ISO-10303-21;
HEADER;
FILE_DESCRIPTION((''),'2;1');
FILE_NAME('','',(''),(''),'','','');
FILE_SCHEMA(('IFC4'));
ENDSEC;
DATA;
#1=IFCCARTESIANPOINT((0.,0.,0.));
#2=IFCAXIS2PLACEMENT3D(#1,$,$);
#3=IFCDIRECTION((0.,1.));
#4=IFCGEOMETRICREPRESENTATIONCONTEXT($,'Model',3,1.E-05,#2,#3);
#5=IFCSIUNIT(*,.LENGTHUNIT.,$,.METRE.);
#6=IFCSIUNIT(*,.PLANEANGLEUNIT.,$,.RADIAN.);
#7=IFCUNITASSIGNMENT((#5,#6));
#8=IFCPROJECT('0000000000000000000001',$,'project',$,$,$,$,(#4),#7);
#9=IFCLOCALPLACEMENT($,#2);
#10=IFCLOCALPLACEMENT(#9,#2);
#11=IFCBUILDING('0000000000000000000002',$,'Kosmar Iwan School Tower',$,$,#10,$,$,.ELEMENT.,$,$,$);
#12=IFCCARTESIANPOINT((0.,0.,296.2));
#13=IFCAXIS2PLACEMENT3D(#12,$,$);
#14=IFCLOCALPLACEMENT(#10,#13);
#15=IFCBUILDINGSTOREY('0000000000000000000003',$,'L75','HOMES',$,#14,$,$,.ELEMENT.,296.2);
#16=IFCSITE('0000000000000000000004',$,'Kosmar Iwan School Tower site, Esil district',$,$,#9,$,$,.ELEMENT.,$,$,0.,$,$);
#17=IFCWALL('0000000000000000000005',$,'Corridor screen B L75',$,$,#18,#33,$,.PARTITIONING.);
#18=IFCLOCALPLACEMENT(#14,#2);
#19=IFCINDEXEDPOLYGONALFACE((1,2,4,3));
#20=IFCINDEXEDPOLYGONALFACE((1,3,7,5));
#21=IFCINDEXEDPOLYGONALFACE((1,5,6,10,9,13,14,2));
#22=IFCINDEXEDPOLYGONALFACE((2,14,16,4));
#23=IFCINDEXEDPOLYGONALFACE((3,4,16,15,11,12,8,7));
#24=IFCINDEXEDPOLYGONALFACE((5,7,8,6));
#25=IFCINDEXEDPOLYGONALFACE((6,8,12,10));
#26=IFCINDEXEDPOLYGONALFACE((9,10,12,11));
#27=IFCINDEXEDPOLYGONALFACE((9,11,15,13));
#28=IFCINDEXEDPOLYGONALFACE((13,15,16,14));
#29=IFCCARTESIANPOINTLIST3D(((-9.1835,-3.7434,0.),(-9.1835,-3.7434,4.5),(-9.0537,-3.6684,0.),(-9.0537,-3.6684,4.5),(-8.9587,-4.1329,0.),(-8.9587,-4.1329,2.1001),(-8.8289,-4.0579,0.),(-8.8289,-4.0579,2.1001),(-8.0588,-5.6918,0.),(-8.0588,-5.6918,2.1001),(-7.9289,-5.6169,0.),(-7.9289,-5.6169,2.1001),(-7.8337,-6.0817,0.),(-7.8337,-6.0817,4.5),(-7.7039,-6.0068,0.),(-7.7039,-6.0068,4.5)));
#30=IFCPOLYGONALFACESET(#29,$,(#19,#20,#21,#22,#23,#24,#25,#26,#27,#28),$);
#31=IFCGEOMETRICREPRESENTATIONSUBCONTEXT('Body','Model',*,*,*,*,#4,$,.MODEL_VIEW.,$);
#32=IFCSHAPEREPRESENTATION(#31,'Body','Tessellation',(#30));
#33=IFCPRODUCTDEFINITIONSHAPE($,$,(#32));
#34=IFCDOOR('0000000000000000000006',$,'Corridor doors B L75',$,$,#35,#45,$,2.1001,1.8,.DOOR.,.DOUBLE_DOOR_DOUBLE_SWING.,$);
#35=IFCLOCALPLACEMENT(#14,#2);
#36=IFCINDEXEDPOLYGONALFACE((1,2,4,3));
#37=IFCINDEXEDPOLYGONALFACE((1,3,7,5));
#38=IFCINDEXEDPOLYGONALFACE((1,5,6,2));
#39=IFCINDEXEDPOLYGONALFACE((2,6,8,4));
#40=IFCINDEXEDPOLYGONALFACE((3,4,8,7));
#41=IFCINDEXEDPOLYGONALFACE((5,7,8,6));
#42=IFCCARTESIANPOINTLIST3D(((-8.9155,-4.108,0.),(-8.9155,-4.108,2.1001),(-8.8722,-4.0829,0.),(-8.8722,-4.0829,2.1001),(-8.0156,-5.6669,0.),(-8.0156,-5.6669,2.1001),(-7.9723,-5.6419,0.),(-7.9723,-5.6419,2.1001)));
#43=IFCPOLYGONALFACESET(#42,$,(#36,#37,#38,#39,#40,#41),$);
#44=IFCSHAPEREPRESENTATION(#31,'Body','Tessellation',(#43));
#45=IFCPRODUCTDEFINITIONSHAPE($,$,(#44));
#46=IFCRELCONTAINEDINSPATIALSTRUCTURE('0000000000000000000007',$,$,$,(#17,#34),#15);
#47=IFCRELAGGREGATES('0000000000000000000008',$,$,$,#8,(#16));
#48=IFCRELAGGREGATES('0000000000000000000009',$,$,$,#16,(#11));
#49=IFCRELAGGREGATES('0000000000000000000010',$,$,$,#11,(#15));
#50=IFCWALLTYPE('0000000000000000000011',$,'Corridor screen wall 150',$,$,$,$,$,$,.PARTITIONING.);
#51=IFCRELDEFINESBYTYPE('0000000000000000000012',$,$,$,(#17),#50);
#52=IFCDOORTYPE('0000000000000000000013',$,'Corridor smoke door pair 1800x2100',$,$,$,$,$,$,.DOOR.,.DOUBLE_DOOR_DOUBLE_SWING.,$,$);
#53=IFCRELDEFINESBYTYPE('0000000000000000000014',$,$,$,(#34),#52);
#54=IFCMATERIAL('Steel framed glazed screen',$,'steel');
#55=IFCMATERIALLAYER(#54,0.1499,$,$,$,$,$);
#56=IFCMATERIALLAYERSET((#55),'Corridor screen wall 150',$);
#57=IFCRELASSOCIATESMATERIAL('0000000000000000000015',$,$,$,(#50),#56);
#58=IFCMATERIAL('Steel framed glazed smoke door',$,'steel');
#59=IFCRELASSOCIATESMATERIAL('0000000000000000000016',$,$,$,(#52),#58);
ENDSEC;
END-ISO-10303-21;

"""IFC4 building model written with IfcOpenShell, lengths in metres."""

from ifc_helpers import new_model, si_unit, direction, frame, frame_2d, origin, place, context, subcontext, project, spatial, rectangle, extrude, material, layer, layer_set, type_object, element, fill, save


model = new_model("IFC4")

# Units and contexts
model_context = context("Model", 3, precision=1e-05, world=origin(), true_north=direction((0.0, 1.0)))
body_context = subcontext(model_context, "Body", "Model", "MODEL_VIEW")
ifc_project = project(units=[si_unit("LENGTHUNIT", "METRE"), si_unit("PLANEANGLEUNIT", "RADIAN")], contexts=[model_context])

# Site, building, storey
site_placement = place(None, origin())
site = spatial("IfcSite", under=ifc_project, at=site_placement, Name="Kosmar Iwan School Tower site, Esil district", CompositionType="ELEMENT", RefElevation=0.0)
building_placement = place(site_placement, origin())
building = spatial("IfcBuilding", under=site, at=building_placement, Name="Kosmar Iwan School Tower", CompositionType="ELEMENT")
storey_placement = place(building_placement, frame((0.0, 0.0, 296.2)))
storey = spatial("IfcBuildingStorey", under=building, at=storey_placement, Name="L75", Description="HOMES", CompositionType="ELEMENT", Elevation=296.2)

# Wall, opening, door
ifc_material_1 = material(Name="Steel framed glazed screen", Category="steel")
ifc_layer_1 = layer(ifc_material_1, 0.1499)
ifc_layer_set_1 = layer_set([ifc_layer_1], Name="Corridor screen wall 150")
wall_type_1 = type_object("IfcWallType", Name="Corridor screen wall 150", PredefinedType="PARTITIONING", material=ifc_layer_set_1)
wall_1_placement = place(storey_placement, frame((-9.1187, -3.7058, 0.0), z_axis=(0.0, 0.0, 1.0), x_axis=(0.499942, -0.866059, 0.0)))
wall_1 = element("IfcWall", 1, at=wall_1_placement, inside=storey, type_object=wall_type_1, Name="Corridor screen B L75", PredefinedType="PARTITIONING", context=body_context, shape_type="SweptSolid", body=[
    extrude(rectangle(XDim=2.7, YDim=0.1499, at=frame_2d((1.3501, 0.0))), origin(), (0.0, 0.0, 1.0), 4.5),
])
opening_1_placement = place(wall_1_placement, frame((0.45, 0.0, 0.0)))
opening_1 = element("IfcOpeningElement", 2, at=opening_1_placement, cuts=wall_1, PredefinedType="OPENING", context=body_context, shape_type="SweptSolid", body=[
    extrude(rectangle(XDim=1.8, YDim=2.1001, at=frame_2d((0.8999, 1.05))), frame((0.0, 0.0869, 0.0), z_axis=(0.0, -1.0, 0.0), x_axis=(1.0, 0.0, 0.0)), (0.0, 0.0, 1.0), 0.1738),
])
ifc_material_2 = material(Name="Steel framed glazed smoke door", Category="steel")
door_type_1 = type_object("IfcDoorType", Name="Corridor smoke door pair 1800x2100", OperationType="DOUBLE_DOOR_DOUBLE_SWING", PredefinedType="DOOR", material=ifc_material_2)
door_1_placement = place(opening_1_placement, origin())
door_1 = element("IfcDoor", 3, at=door_1_placement, inside=storey, type_object=door_type_1, Name="Corridor doors B L75", OperationType="DOUBLE_DOOR_DOUBLE_SWING", OverallHeight=2.1001, OverallWidth=1.8, PredefinedType="DOOR", context=body_context, shape_type="SweptSolid", body=[
    extrude(rectangle(XDim=1.8, YDim=2.1001, at=frame_2d((0.8999, 1.05))), frame((0.0, 0.0249, 0.0), z_axis=(0.0, -1.0, 0.0), x_axis=(1.0, 0.0, 0.0)), (0.0, 0.0, 1.0), 0.05),
])
fill(opening_1, door_1)

save(model, "model.ifc")
